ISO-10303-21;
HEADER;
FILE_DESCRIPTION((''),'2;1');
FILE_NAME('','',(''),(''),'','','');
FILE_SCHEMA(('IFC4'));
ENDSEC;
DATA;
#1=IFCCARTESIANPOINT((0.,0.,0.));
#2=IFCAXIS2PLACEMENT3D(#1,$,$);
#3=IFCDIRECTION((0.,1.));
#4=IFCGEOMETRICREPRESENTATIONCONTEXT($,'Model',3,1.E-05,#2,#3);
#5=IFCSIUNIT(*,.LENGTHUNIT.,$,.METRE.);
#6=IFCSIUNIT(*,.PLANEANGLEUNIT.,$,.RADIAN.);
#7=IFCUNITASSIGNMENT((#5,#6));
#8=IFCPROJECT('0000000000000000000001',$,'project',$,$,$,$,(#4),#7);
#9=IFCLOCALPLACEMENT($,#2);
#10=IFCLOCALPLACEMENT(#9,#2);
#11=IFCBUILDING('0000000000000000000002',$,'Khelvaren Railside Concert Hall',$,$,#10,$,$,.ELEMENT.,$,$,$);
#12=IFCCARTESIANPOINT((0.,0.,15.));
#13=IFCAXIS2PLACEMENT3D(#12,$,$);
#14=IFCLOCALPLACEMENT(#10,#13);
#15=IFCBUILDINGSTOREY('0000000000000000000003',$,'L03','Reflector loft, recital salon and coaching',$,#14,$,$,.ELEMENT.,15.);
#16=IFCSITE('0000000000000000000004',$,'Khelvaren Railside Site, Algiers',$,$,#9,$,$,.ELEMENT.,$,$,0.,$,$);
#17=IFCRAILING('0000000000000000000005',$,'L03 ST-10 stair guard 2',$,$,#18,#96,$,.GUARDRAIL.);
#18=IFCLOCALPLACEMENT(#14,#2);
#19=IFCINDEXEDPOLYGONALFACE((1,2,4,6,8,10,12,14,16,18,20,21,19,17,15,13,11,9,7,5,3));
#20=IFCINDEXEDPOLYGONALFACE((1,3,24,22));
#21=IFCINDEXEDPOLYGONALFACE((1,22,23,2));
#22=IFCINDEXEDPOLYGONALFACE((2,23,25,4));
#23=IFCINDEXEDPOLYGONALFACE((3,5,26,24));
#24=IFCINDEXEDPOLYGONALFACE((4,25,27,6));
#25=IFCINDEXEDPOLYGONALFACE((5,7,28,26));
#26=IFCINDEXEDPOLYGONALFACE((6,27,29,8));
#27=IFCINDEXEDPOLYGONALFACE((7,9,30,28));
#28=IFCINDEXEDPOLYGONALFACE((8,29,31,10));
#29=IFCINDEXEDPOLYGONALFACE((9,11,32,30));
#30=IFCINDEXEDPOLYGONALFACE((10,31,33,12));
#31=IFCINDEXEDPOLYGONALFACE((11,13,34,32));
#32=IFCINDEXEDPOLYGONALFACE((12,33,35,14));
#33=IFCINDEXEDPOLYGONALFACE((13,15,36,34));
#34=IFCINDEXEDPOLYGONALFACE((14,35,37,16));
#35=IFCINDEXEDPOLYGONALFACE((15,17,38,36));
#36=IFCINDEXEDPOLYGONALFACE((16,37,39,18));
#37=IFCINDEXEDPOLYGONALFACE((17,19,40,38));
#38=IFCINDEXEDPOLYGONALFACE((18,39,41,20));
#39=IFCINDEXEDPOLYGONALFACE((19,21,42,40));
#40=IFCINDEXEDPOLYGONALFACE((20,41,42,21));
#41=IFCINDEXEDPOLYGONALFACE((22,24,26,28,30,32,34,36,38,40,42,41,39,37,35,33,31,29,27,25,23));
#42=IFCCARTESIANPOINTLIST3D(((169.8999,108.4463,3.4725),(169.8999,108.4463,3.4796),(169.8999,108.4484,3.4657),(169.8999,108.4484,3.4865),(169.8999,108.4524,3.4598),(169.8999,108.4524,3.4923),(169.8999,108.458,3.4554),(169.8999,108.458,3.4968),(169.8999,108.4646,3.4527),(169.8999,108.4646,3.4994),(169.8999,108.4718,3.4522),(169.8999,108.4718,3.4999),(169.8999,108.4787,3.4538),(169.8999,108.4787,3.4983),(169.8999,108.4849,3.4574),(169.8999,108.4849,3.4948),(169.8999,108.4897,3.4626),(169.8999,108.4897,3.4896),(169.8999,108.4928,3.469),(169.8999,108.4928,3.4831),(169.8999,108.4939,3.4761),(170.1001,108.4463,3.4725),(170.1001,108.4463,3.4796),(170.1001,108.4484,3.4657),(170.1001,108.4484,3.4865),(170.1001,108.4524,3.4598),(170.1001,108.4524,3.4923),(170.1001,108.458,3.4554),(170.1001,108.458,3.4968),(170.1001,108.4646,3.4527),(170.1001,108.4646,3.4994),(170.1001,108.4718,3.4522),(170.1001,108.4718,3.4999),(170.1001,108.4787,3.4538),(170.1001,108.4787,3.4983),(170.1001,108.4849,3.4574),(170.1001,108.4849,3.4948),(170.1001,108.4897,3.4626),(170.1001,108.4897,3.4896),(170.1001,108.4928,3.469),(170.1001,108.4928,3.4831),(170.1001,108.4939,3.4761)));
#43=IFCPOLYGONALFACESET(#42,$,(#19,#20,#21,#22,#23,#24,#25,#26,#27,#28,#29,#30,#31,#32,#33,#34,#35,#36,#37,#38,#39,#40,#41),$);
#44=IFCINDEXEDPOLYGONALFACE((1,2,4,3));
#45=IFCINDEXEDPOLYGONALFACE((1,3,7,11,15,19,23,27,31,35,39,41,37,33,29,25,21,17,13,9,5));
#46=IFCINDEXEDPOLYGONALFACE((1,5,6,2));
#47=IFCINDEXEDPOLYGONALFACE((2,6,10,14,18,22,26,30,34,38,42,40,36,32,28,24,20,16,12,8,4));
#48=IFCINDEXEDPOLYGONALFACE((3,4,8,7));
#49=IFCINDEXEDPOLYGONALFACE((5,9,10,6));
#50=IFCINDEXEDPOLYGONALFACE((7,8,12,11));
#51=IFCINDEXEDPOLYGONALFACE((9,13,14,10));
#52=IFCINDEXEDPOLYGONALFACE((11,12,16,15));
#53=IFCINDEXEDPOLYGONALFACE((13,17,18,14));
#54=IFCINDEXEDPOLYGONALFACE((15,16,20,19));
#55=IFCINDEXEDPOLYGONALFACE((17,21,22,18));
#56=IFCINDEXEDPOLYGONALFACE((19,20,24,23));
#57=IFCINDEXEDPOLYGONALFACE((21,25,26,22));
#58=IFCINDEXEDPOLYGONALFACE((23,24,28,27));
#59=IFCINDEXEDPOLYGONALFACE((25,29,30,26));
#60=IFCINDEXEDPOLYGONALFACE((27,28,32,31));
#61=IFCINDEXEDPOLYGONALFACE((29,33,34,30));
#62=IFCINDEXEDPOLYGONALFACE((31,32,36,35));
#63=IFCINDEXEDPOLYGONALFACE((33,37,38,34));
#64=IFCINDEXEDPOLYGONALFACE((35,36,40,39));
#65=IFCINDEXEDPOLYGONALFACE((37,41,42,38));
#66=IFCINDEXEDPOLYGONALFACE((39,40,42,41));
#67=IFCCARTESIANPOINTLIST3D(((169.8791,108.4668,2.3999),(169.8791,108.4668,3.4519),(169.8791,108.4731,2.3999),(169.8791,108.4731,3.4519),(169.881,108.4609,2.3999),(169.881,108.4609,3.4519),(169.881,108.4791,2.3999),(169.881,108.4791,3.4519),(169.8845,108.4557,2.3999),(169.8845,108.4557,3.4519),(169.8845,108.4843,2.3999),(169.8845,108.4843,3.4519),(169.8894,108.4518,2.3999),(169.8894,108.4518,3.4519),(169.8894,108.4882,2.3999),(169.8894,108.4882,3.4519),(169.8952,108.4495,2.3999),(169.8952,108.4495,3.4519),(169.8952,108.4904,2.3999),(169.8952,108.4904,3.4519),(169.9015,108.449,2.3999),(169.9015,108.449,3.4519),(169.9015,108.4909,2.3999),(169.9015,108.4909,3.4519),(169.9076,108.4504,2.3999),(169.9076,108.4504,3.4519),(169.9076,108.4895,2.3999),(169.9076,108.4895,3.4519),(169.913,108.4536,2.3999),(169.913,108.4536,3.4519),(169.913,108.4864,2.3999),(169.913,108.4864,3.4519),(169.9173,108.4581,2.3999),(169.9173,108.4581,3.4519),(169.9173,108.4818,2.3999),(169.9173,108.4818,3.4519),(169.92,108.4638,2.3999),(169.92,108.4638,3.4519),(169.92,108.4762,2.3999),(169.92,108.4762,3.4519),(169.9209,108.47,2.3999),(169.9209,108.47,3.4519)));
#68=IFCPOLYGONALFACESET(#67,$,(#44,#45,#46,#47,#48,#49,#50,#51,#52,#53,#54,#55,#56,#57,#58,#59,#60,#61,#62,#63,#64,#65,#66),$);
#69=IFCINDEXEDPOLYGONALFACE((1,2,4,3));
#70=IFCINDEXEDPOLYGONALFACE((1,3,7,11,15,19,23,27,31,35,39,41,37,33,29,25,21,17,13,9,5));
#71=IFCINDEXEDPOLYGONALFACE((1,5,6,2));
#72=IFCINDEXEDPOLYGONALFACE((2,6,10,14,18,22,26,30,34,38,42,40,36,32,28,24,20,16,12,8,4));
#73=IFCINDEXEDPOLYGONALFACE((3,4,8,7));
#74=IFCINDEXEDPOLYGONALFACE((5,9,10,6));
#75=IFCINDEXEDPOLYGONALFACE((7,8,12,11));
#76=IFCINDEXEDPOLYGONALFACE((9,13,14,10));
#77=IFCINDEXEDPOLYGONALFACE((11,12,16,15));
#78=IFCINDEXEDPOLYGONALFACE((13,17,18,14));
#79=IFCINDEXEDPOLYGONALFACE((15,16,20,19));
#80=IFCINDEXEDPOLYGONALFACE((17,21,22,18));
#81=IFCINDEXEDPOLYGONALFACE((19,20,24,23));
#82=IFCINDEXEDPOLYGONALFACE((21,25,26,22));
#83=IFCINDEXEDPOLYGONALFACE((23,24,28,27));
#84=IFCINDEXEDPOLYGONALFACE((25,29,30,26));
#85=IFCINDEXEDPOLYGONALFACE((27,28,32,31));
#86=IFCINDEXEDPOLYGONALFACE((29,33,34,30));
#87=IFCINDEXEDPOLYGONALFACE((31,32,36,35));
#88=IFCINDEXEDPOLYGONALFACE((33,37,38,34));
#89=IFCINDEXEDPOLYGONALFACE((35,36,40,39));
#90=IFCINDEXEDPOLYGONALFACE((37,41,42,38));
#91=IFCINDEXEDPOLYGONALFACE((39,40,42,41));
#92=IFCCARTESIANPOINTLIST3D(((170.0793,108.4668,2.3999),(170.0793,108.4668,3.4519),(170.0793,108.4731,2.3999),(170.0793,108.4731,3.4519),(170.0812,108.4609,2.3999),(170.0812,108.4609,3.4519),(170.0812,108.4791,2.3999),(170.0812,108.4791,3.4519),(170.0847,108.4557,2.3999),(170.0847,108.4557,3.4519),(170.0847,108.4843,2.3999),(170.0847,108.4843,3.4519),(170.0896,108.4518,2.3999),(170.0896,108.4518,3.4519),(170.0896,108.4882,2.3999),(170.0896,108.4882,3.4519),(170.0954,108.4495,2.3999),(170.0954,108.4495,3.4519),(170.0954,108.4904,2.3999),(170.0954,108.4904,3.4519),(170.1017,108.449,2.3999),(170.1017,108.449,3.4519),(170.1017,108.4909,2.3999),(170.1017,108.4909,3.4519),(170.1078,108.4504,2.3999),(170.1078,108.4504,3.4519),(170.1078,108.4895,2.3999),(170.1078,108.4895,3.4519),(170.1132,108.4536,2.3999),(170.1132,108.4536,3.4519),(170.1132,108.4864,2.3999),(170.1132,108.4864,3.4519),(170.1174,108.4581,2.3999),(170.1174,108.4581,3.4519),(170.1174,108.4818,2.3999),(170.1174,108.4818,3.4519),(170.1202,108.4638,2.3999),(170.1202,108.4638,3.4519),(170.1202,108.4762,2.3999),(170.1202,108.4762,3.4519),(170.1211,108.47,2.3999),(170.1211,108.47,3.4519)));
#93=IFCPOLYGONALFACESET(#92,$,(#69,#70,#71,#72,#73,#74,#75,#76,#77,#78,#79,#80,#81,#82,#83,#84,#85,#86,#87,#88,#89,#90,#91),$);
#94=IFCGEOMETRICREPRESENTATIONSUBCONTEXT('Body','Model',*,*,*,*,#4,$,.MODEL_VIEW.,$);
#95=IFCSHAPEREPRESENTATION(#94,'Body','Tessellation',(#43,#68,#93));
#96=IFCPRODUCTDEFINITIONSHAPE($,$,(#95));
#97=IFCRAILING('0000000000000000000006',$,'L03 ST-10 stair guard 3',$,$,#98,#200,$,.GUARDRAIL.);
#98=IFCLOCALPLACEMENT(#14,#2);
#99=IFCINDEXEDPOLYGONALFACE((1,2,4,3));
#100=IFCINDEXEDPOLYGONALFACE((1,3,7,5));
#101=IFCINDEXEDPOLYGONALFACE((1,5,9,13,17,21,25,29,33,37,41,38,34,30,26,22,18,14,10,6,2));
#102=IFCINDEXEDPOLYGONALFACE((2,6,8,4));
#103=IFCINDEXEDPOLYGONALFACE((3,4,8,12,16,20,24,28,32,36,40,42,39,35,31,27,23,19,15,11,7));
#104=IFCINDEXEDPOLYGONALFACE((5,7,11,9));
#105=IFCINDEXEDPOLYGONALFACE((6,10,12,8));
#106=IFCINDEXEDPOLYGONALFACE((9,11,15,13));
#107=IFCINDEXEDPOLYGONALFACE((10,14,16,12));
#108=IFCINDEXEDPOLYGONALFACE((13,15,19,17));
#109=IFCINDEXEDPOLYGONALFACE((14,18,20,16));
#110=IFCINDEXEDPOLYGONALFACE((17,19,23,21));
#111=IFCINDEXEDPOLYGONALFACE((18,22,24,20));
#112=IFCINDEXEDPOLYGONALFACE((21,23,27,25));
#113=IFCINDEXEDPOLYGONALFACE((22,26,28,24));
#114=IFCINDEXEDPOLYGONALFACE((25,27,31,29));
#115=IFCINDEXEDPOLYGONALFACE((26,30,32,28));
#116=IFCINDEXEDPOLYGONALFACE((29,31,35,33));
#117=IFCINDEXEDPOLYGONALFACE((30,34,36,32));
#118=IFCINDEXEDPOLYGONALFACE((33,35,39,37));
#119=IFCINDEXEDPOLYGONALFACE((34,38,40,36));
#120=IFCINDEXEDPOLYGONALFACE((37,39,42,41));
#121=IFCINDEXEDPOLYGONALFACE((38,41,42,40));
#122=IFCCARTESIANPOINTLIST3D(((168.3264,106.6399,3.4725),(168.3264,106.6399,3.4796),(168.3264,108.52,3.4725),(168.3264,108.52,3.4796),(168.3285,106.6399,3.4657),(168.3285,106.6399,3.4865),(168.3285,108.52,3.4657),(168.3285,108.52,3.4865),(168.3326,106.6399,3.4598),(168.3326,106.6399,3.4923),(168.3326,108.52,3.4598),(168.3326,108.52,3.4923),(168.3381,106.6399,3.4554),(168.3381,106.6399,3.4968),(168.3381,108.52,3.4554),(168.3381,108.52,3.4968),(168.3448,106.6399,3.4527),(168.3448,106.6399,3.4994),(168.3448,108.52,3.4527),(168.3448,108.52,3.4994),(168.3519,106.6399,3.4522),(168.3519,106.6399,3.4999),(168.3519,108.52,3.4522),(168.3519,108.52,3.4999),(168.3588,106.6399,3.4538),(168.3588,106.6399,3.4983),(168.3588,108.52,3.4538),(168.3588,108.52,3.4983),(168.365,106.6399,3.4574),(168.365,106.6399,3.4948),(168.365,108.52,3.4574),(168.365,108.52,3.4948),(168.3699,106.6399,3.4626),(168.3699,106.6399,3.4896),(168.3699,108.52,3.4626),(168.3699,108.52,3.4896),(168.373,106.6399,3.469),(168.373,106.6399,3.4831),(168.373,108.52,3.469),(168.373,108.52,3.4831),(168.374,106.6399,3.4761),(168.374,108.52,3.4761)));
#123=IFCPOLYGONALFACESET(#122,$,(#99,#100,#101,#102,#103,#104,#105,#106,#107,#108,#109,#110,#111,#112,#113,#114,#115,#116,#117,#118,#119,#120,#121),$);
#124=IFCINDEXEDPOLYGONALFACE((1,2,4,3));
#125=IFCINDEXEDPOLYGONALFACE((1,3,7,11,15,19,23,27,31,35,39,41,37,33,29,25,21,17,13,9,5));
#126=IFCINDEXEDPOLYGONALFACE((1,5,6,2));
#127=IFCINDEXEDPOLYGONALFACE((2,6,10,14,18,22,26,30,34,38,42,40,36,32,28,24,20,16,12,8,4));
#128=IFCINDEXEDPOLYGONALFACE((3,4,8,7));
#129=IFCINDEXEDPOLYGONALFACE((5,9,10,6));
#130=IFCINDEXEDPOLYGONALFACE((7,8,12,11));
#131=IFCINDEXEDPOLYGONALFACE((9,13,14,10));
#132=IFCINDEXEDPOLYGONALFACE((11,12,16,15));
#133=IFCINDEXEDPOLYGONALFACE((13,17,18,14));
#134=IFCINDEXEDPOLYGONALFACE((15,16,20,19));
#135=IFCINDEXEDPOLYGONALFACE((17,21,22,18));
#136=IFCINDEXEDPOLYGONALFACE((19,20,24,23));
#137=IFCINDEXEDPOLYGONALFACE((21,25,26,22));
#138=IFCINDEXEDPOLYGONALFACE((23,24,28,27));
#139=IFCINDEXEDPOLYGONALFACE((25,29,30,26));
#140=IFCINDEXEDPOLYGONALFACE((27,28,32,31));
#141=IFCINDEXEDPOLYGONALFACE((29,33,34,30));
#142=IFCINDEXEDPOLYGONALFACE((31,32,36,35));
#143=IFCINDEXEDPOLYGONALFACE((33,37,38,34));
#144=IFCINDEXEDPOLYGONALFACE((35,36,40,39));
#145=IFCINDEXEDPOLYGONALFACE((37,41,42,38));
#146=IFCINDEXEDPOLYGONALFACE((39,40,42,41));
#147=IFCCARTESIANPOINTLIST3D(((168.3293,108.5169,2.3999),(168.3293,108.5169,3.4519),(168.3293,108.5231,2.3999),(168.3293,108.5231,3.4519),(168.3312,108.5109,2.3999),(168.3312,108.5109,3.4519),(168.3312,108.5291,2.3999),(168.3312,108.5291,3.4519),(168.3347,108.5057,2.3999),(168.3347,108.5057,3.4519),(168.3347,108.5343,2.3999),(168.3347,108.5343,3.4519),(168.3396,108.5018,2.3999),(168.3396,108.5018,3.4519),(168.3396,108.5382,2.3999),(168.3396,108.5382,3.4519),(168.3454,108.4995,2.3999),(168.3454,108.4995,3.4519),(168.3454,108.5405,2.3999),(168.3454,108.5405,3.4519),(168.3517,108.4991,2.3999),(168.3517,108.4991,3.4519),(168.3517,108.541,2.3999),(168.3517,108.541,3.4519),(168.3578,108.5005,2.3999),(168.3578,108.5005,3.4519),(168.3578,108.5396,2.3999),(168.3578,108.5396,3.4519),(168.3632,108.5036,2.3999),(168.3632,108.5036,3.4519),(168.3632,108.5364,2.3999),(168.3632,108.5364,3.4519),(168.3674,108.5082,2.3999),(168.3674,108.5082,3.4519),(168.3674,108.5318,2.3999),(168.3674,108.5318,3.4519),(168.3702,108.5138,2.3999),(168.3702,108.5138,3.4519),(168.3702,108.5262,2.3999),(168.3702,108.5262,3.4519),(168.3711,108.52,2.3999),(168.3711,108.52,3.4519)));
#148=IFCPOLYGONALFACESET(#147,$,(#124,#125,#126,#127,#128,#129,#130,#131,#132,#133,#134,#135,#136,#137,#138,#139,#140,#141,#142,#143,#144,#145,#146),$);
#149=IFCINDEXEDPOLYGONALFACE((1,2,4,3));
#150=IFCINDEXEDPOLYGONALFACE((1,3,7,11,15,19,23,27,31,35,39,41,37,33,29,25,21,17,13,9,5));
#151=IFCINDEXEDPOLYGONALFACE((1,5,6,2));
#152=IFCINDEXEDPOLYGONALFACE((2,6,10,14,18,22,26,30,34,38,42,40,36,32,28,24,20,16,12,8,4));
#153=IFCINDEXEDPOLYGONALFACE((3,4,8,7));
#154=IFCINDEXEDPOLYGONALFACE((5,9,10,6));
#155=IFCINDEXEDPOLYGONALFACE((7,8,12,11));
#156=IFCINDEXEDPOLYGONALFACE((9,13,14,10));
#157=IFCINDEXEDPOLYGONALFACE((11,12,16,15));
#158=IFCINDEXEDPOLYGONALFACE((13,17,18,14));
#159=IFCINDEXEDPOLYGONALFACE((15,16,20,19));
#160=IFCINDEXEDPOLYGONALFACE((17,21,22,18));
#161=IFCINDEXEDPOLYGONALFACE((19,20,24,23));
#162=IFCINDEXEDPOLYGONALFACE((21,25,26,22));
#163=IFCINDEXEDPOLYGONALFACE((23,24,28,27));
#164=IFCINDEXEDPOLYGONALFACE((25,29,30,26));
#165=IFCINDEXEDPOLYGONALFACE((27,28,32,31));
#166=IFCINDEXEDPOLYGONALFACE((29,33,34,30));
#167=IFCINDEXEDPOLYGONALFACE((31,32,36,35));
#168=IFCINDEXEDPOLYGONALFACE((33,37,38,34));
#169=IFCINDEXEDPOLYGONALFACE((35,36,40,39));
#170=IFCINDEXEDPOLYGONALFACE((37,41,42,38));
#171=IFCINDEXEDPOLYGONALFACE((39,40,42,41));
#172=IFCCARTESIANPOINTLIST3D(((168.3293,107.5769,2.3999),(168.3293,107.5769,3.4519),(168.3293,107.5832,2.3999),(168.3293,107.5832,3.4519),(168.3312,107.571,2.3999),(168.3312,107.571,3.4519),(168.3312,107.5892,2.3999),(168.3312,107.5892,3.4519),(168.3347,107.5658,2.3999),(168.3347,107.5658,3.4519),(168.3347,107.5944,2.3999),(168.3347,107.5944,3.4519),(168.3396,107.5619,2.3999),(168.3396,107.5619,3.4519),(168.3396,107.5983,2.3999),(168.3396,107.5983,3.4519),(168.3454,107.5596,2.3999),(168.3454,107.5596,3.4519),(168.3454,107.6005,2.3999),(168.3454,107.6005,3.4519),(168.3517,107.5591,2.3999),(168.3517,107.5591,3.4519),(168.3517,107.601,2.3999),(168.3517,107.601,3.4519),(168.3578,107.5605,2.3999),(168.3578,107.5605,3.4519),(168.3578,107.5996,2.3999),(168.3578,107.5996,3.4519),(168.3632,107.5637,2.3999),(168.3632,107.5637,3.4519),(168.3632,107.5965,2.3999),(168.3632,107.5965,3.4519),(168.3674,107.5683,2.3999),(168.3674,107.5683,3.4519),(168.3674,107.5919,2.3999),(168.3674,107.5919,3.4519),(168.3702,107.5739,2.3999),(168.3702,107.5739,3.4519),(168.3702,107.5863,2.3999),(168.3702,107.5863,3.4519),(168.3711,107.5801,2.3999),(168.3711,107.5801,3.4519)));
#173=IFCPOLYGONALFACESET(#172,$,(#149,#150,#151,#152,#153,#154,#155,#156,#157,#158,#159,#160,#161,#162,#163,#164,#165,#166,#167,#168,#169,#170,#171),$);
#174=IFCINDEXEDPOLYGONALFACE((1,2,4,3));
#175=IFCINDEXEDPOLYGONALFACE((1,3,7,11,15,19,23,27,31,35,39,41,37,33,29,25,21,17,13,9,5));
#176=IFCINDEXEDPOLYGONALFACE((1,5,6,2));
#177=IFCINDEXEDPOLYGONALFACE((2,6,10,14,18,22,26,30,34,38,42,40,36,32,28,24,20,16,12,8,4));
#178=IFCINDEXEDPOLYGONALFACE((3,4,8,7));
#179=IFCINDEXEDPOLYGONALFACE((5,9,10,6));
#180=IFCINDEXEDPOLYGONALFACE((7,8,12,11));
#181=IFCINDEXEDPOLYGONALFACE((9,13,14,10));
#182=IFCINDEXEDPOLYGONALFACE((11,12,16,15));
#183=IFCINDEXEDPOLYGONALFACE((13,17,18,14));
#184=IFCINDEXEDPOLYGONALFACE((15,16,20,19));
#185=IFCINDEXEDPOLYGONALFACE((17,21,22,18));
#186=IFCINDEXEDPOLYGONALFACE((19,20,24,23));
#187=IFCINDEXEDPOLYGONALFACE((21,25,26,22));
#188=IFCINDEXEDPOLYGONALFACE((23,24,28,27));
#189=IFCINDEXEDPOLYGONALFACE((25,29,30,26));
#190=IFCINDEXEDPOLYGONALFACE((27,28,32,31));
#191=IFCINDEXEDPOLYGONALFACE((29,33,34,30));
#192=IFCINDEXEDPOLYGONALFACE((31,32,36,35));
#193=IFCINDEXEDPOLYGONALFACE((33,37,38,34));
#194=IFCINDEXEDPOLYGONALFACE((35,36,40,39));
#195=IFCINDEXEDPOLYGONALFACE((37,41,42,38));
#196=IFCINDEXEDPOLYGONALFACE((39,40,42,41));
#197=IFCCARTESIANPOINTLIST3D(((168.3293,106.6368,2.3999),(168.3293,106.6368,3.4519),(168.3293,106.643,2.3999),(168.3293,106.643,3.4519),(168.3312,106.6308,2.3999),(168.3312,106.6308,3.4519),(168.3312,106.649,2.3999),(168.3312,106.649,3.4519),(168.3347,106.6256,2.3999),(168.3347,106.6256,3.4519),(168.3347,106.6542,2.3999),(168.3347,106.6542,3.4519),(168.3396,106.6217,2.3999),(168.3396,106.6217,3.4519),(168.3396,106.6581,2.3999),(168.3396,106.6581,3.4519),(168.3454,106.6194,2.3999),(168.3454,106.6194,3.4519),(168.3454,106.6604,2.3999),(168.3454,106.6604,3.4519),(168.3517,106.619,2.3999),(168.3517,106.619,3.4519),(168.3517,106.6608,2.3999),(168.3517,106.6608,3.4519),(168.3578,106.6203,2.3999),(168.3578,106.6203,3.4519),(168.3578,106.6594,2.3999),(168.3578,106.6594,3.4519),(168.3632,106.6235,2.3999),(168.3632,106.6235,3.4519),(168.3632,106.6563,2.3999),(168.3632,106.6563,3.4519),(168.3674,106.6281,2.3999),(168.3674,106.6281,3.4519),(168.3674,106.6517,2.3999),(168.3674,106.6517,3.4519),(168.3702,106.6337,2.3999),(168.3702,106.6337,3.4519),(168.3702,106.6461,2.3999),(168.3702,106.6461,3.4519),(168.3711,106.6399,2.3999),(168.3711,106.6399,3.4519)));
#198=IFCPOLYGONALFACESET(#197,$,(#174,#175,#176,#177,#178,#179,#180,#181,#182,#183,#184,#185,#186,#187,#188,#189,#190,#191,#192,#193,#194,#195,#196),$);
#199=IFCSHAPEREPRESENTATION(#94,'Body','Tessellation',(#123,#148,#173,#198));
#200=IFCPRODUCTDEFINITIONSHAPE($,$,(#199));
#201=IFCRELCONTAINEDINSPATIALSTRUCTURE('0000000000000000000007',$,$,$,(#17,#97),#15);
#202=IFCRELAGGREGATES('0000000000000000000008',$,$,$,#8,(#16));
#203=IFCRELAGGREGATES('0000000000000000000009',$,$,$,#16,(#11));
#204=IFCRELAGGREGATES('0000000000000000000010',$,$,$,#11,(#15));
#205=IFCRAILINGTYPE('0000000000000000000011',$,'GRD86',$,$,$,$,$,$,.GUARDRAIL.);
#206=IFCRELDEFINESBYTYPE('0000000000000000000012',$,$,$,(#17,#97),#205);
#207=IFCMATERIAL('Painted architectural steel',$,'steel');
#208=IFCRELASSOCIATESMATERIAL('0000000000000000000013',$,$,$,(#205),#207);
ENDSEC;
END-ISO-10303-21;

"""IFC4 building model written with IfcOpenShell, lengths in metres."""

from ifc_helpers import new_model, si_unit, direction, frame, origin, origin_2d, place, context, subcontext, project, spatial, circle, extrude, material, type_object, element, save


model = new_model("IFC4")

# Units and contexts
model_context = context("Model", 3, precision=1e-05, world=origin(), true_north=direction((0.0, 1.0)))
body_context = subcontext(model_context, "Body", "Model", "MODEL_VIEW")
ifc_project = project(units=[si_unit("LENGTHUNIT", "METRE"), si_unit("PLANEANGLEUNIT", "RADIAN")], contexts=[model_context])

# Site, building, storey
site_placement = place(None, origin())
site = spatial("IfcSite", under=ifc_project, at=site_placement, Name="Khelvaren Railside Site, Algiers", CompositionType="ELEMENT", RefElevation=0.0)
building_placement = place(site_placement, origin())
building = spatial("IfcBuilding", under=site, at=building_placement, Name="Khelvaren Railside Concert Hall", CompositionType="ELEMENT")
storey_placement = place(building_placement, frame((0.0, 0.0, 15.0)))
storey = spatial("IfcBuildingStorey", under=building, at=storey_placement, Name="L03", Description="Reflector loft, recital salon and coaching", CompositionType="ELEMENT", Elevation=15.0)

# Railings
ifc_material_1 = material(Name="Painted architectural steel", Category="steel")
railing_type_1 = type_object("IfcRailingType", Name="GRD86", PredefinedType="GUARDRAIL", material=ifc_material_1)
railing_1_placement = place(storey_placement, frame((169.8999, 108.47, 2.3999)))
element("IfcRailing", 1, at=railing_1_placement, inside=storey, type_object=railing_type_1, Name="L03 ST-10 stair guard 2", PredefinedType="GUARDRAIL", context=body_context, shape_type="SweptSolid", body=[
    extrude(circle(Radius=0.0239, at=origin_2d()), frame((0.0, 0.0, 1.0762), z_axis=(1.0, 0.0, 0.0), x_axis=(0.0, 1.0, 0.0)), (0.0, 0.0, 1.0), 0.2002),
    extrude(circle(Radius=0.021, at=origin_2d()), origin(), (0.0, 0.0, 1.0), 1.052),
    extrude(circle(Radius=0.021, at=origin_2d()), frame((0.2002, 0.0, 0.0)), (0.0, 0.0, 1.0), 1.052),
])
for number, where, name in (
    (2, (168.3501, 108.52, 2.3999), "L03 ST-10 stair guard 3"),
):
    element("IfcRailing", number, at=place(storey_placement, frame(where)), inside=storey, type_object=railing_type_1, Name=name, PredefinedType="GUARDRAIL", context=body_context, shape_type="SweptSolid", body=[
        extrude(circle(Radius=0.0239, at=origin_2d()), frame((0.0, 0.0, 1.0762), z_axis=(0.0, -1.0, 0.0), x_axis=(1.0, 0.0, 0.0)), (0.0, 0.0, 1.0), 1.8801),
        extrude(circle(Radius=0.021, at=origin_2d()), origin(), (0.0, 0.0, 1.0), 1.052),
        extrude(circle(Radius=0.021, at=origin_2d()), frame((0.0, -0.9399, 0.0)), (0.0, 0.0, 1.0), 1.052),
        extrude(circle(Radius=0.021, at=origin_2d()), frame((0.0, -1.8801, 0.0)), (0.0, 0.0, 1.0), 1.052),
    ])

save(model, "model.ifc")
